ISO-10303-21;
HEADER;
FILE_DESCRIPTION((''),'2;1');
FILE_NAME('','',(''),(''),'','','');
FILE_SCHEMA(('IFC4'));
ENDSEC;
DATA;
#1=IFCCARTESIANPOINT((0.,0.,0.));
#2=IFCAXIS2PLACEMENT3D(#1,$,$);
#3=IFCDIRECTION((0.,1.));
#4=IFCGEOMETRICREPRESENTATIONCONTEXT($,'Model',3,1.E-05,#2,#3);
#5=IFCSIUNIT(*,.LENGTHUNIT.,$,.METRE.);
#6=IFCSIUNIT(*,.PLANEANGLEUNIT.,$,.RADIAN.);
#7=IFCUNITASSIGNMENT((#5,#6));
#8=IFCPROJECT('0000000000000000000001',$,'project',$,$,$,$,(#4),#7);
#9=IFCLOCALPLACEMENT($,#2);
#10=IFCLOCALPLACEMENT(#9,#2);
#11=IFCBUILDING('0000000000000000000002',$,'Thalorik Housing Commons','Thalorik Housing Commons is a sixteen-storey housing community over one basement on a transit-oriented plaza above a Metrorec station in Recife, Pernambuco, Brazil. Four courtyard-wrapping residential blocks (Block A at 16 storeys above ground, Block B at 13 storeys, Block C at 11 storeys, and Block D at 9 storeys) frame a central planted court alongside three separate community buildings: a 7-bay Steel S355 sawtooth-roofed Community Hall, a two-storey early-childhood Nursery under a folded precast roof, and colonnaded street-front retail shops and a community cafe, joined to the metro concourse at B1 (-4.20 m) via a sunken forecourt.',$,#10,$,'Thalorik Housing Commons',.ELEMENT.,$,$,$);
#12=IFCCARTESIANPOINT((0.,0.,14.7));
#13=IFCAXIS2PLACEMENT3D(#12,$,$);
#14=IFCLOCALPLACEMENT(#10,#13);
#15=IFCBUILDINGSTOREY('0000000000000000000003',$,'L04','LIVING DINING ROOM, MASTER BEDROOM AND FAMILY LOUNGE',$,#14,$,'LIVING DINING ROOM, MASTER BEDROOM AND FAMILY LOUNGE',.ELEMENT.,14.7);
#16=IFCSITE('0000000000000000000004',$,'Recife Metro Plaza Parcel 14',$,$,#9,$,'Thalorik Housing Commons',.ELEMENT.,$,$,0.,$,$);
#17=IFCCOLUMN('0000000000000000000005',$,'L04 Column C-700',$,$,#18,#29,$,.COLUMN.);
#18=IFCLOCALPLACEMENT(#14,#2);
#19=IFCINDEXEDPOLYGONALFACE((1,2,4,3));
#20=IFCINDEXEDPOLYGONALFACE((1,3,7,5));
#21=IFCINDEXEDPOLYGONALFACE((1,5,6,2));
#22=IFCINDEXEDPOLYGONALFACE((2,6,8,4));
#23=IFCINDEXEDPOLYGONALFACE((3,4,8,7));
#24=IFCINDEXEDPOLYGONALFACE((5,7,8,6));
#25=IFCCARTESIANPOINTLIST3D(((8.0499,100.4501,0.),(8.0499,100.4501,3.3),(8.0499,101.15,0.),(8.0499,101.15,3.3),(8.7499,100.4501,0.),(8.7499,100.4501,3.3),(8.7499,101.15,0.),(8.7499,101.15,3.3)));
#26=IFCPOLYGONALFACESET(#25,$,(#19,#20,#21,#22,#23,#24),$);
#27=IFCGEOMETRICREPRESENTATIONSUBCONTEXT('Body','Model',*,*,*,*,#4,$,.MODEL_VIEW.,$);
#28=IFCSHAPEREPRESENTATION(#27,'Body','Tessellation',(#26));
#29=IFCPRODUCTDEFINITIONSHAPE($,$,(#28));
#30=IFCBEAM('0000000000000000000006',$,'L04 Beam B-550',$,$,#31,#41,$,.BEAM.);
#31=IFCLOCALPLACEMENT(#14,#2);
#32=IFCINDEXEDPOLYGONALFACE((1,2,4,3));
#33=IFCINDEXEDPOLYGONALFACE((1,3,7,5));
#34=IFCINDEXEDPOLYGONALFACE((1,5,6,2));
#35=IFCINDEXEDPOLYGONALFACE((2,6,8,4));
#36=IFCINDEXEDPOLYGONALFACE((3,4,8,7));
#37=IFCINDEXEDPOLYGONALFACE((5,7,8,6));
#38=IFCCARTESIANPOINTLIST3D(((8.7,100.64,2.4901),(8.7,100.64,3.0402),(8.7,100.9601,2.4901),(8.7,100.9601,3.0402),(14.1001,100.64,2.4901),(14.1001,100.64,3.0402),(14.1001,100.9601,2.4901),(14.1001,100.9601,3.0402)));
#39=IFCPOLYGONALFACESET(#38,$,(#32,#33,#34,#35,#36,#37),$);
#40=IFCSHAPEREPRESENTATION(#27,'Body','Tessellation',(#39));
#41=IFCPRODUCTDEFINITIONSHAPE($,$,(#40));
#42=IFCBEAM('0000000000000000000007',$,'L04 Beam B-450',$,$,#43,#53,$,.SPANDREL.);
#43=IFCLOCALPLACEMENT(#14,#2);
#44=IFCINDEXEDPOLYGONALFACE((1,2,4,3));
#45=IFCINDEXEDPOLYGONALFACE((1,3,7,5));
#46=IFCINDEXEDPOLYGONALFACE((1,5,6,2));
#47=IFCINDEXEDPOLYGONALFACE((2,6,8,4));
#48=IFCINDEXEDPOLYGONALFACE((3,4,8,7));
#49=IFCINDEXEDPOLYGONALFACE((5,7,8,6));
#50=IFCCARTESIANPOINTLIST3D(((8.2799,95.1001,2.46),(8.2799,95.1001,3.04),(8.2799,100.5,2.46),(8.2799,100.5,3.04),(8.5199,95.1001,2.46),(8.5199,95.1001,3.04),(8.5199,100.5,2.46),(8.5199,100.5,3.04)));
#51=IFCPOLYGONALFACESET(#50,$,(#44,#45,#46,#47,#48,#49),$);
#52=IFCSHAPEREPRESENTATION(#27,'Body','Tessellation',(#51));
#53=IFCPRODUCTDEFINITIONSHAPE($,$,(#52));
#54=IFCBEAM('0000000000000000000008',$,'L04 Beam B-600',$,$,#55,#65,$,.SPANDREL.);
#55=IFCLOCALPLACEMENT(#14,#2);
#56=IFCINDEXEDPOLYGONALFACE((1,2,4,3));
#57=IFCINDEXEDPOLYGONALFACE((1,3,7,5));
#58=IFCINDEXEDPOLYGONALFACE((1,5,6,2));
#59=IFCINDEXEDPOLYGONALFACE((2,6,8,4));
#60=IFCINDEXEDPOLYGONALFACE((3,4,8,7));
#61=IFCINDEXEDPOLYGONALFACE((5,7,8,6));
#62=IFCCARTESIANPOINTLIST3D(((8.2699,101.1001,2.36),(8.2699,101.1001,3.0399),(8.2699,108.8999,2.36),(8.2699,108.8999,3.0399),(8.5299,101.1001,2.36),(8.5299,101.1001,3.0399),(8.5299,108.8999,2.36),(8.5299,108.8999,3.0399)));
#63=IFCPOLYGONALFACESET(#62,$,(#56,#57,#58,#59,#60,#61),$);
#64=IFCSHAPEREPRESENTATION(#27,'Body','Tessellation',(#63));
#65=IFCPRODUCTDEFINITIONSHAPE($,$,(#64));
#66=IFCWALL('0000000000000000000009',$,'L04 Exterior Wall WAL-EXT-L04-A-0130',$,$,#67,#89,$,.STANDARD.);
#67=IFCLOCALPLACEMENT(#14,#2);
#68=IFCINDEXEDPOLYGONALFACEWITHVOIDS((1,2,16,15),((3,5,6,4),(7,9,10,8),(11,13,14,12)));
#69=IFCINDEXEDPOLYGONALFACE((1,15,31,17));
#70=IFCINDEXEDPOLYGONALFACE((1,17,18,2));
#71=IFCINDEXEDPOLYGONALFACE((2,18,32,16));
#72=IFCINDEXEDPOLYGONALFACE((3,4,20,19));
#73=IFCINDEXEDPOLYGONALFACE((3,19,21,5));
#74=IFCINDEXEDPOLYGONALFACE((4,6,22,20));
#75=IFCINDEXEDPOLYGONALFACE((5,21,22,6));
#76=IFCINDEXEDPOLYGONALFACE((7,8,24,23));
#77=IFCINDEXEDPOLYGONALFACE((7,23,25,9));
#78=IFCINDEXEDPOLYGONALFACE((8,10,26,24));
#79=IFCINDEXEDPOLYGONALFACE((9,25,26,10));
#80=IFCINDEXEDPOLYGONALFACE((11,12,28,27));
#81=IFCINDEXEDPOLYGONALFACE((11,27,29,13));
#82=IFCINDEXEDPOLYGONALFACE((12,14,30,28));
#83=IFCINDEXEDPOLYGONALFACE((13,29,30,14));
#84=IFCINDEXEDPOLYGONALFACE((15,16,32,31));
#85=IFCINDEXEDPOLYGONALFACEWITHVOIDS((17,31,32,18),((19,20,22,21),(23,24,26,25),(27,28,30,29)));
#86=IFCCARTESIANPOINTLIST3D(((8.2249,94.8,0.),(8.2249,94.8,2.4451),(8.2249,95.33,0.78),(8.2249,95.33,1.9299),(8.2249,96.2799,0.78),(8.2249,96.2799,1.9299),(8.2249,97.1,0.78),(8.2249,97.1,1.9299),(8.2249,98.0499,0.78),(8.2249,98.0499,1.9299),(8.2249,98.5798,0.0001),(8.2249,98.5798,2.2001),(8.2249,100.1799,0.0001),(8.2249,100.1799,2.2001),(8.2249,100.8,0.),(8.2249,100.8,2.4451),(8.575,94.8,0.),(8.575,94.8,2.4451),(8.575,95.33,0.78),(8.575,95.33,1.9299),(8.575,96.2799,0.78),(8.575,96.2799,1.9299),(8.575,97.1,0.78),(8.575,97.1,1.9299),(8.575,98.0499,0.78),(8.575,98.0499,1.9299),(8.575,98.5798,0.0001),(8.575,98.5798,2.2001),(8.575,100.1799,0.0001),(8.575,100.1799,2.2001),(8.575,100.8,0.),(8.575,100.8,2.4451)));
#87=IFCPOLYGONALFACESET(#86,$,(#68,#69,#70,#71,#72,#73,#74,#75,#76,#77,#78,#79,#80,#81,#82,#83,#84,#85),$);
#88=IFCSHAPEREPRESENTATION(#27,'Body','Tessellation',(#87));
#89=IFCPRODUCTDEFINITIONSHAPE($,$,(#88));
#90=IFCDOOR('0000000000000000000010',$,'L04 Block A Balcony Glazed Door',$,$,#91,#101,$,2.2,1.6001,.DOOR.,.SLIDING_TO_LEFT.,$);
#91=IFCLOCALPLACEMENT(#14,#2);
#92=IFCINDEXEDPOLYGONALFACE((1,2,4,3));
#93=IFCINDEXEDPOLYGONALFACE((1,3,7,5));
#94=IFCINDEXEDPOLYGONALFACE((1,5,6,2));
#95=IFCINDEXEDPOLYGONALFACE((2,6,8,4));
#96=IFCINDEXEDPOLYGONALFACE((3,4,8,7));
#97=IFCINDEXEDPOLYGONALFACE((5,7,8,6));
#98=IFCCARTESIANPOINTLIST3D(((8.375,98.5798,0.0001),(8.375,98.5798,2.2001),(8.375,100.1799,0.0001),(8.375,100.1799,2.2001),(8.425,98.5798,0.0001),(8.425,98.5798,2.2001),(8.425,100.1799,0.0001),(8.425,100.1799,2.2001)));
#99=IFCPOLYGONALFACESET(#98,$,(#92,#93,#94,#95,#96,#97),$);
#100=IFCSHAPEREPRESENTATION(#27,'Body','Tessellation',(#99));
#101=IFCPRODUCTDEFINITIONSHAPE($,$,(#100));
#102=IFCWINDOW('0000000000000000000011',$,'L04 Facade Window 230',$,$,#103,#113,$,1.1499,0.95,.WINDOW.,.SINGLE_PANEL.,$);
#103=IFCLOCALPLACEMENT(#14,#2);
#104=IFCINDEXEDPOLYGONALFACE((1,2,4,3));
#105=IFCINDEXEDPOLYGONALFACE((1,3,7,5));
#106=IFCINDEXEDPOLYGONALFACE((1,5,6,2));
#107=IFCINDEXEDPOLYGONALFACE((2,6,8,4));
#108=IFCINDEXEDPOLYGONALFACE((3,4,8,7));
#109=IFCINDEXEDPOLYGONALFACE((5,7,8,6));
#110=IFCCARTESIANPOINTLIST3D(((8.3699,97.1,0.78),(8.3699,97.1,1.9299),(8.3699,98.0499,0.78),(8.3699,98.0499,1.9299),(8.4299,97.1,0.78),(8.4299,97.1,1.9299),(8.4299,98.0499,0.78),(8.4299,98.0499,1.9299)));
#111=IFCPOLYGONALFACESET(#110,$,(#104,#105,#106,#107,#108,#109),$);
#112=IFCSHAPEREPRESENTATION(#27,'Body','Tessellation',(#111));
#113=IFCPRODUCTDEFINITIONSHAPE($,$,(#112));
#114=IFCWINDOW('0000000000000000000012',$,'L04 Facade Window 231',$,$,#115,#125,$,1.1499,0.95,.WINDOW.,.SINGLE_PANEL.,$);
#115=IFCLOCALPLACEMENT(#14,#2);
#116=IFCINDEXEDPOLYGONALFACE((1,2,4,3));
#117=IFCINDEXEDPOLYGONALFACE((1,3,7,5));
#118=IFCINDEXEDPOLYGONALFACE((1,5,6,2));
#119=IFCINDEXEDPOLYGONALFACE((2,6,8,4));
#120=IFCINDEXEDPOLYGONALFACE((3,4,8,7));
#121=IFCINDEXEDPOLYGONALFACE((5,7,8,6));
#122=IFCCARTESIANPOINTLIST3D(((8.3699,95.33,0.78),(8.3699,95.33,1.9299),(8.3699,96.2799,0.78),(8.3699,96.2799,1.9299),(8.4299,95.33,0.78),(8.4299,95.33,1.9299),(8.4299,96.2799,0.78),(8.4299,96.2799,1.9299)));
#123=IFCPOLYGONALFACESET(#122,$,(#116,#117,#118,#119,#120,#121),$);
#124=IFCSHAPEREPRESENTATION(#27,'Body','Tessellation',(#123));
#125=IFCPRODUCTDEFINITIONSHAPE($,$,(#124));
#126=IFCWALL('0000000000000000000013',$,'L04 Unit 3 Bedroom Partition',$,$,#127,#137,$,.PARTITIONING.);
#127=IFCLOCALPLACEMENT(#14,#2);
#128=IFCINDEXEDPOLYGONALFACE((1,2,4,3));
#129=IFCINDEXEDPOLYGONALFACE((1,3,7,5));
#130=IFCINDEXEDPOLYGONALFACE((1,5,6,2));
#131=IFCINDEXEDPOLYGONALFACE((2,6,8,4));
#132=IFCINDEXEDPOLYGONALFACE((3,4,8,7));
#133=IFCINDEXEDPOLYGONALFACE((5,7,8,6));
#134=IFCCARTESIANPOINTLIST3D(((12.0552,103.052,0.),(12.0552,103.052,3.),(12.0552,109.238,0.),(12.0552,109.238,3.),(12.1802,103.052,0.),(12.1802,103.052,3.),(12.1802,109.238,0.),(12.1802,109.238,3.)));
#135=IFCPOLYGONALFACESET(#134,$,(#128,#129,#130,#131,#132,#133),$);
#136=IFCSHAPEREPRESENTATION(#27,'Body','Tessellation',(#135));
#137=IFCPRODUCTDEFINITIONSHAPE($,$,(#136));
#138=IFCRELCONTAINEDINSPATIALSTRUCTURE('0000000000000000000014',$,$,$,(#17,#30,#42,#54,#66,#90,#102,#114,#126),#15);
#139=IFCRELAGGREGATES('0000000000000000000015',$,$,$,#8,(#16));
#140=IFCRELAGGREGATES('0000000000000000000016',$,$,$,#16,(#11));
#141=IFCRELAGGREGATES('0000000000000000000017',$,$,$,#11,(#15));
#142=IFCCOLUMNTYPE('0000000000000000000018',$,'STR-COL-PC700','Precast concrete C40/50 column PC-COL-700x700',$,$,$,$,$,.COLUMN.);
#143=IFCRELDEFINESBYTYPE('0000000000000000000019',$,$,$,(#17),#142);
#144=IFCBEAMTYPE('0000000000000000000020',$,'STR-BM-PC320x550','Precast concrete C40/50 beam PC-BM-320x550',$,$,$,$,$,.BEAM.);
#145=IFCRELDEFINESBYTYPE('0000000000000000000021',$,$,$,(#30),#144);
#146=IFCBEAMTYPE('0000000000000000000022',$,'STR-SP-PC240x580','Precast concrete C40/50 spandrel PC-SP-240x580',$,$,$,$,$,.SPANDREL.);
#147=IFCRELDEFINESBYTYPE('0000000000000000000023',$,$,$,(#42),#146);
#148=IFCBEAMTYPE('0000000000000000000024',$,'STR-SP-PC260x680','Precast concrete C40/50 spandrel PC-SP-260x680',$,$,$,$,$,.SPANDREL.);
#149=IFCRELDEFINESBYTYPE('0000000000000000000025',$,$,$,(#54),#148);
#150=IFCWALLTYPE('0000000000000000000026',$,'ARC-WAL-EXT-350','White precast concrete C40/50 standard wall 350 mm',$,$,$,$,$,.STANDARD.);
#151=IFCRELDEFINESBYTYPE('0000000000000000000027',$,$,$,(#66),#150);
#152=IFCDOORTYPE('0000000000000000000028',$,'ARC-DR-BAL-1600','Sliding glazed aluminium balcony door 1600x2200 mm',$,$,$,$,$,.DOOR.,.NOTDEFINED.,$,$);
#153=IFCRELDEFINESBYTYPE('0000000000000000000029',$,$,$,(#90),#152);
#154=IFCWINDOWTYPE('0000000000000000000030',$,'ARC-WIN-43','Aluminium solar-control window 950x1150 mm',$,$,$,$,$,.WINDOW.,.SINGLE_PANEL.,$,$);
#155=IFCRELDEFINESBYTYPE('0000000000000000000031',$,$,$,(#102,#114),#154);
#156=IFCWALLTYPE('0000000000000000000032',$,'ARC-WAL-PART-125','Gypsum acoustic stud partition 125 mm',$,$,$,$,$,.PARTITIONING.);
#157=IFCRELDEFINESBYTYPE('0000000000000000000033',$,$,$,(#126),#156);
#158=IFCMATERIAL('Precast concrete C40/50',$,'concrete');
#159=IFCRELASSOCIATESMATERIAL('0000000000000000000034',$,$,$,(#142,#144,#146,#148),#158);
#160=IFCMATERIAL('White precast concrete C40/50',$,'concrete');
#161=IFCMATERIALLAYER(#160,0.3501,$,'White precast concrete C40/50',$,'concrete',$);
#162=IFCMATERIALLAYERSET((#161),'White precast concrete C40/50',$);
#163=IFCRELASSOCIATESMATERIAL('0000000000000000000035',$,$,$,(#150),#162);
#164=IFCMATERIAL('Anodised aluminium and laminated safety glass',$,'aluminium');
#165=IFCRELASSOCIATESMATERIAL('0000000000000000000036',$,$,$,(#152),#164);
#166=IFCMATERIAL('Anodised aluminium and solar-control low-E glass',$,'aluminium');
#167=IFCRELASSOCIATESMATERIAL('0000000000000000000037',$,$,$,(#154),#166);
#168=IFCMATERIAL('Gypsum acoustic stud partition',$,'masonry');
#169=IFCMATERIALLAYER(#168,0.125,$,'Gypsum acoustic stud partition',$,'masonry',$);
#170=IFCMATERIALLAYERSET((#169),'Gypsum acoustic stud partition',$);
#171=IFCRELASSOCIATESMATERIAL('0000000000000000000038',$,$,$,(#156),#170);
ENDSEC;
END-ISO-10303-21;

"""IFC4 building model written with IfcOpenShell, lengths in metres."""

from ifc_helpers import new_model, si_unit, direction, frame, frame_2d, origin, origin_2d, place, context, subcontext, project, spatial, rectangle, extrude, material, layer, layer_set, material_profile, profile_set, type_object, element, fill, save


model = new_model("IFC4")

# Units and contexts
model_context = context("Model", 3, precision=1e-05, world=origin(), true_north=direction((0.0, 1.0)))
body_context = subcontext(model_context, "Body", "Model", "MODEL_VIEW")
ifc_project = project(units=[si_unit("LENGTHUNIT", "METRE"), si_unit("PLANEANGLEUNIT", "RADIAN")], contexts=[model_context])

# Site, building, storey
site_placement = place(None, origin())
site = spatial("IfcSite", under=ifc_project, at=site_placement, Name="Recife Metro Plaza Parcel 14", LongName="Thalorik Housing Commons", CompositionType="ELEMENT", RefElevation=0.0)
building_placement = place(site_placement, origin())
building = spatial("IfcBuilding", under=site, at=building_placement, Name="Thalorik Housing Commons", Description="Thalorik Housing Commons is a sixteen-storey housing community over one basement on a transit-oriented plaza above a Metrorec station in Recife, Pernambuco, Brazil. Four courtyard-wrapping residential blocks (Block A at 16 storeys above ground, Block B at 13 storeys, Block C at 11 storeys, and Block D at 9 storeys) frame a central planted court alongside three separate community buildings: a 7-bay Steel S355 sawtooth-roofed Community Hall, a two-storey early-childhood Nursery under a folded precast roof, and colonnaded street-front retail shops and a community cafe, joined to the metro concourse at B1 (-4.20 m) via a sunken forecourt.", LongName="Thalorik Housing Commons", CompositionType="ELEMENT")
storey_placement = place(building_placement, frame((0.0, 0.0, 14.7)))
storey = spatial("IfcBuildingStorey", under=building, at=storey_placement, Name="L04", Description="LIVING DINING ROOM, MASTER BEDROOM AND FAMILY LOUNGE", LongName="LIVING DINING ROOM, MASTER BEDROOM AND FAMILY LOUNGE", CompositionType="ELEMENT", Elevation=14.7)

# Column
ifc_material_1 = material(Name="Precast concrete C40/50", Category="concrete")
ifc_material_profile_1 = material_profile(ifc_material_1, rectangle(XDim=0.7, YDim=0.7, at=origin_2d()), Name="PC 700x700", Category="concrete")
ifc_profile_set_1 = profile_set([ifc_material_profile_1], Name="Precast concrete C40/50")
column_type = type_object("IfcColumnType", Name="STR-COL-PC700", Description="Precast concrete C40/50 column PC-COL-700x700", PredefinedType="COLUMN", material=ifc_profile_set_1)
column_placement = place(storey_placement, frame((8.3999, 100.8, 0.0), z_axis=(0.0, 0.0, 1.0), x_axis=(1.0, 0.0, 0.0)))
element("IfcColumn", 1, at=column_placement, inside=storey, type_object=column_type, Name="L04 Column C-700", PredefinedType="COLUMN", context=body_context, shape_type="SweptSolid", body=[
    extrude(rectangle(XDim=0.7, YDim=0.7, at=origin_2d()), origin(), (0.0, 0.0, 1.0), 3.3),
])

# Beams
ifc_material_profile_2 = material_profile(ifc_material_1, rectangle(XDim=0.3201, YDim=0.55, at=origin_2d()), Name="PC 320x550", Category="concrete")
ifc_profile_set_2 = profile_set([ifc_material_profile_2], Name="Precast concrete C40/50")
beam_type_1 = type_object("IfcBeamType", Name="STR-BM-PC320x550", Description="Precast concrete C40/50 beam PC-BM-320x550", PredefinedType="BEAM", material=ifc_profile_set_2)
beam_1_placement = place(storey_placement, frame((8.7, 100.8, 2.7651), z_axis=(1.0, 0.0, 0.0), x_axis=(0.0, 1.0, 0.0)))
element("IfcBeam", 2, at=beam_1_placement, inside=storey, type_object=beam_type_1, Name="L04 Beam B-550", PredefinedType="BEAM", context=body_context, shape_type="SweptSolid", body=[
    extrude(rectangle(XDim=0.3201, YDim=0.55, at=origin_2d()), origin(), (0.0, 0.0, 1.0), 5.4001),
])
ifc_material_profile_3 = material_profile(ifc_material_1, rectangle(XDim=0.24, YDim=0.5801, at=origin_2d()), Name="PC SP 240x580", Category="concrete")
ifc_profile_set_3 = profile_set([ifc_material_profile_3], Name="Precast concrete C40/50")
beam_type_2 = type_object("IfcBeamType", Name="STR-SP-PC240x580", Description="Precast concrete C40/50 spandrel PC-SP-240x580", PredefinedType="SPANDREL", material=ifc_profile_set_3)
beam_2_placement = place(storey_placement, frame((8.3999, 95.1001, 2.75), z_axis=(0.0, 1.0, 0.0), x_axis=(-1.0, 0.0, 0.0)))
element("IfcBeam", 3, at=beam_2_placement, inside=storey, type_object=beam_type_2, Name="L04 Beam B-450", PredefinedType="SPANDREL", context=body_context, shape_type="SweptSolid", body=[
    extrude(rectangle(XDim=0.24, YDim=0.5801, at=origin_2d()), origin(), (0.0, 0.0, 1.0), 5.3999),
])
ifc_material_profile_4 = material_profile(ifc_material_1, rectangle(XDim=0.26, YDim=0.6799, at=origin_2d()), Name="PC SP 260x680", Category="concrete")
ifc_profile_set_4 = profile_set([ifc_material_profile_4], Name="Precast concrete C40/50")
beam_type_3 = type_object("IfcBeamType", Name="STR-SP-PC260x680", Description="Precast concrete C40/50 spandrel PC-SP-260x680", PredefinedType="SPANDREL", material=ifc_profile_set_4)
beam_3_placement = place(storey_placement, frame((8.3999, 101.1001, 2.7), z_axis=(0.0, 1.0, 0.0), x_axis=(-1.0, 0.0, 0.0)))
element("IfcBeam", 4, at=beam_3_placement, inside=storey, type_object=beam_type_3, Name="L04 Beam B-600", PredefinedType="SPANDREL", context=body_context, shape_type="SweptSolid", body=[
    extrude(rectangle(XDim=0.26, YDim=0.6799, at=origin_2d()), origin(), (0.0, 0.0, 1.0), 7.7998),
])

# Wall, openings, door, windows
ifc_material_2 = material(Name="White precast concrete C40/50", Category="concrete")
ifc_layer_1 = layer(ifc_material_2, 0.3501, Name="White precast concrete C40/50", Category="concrete")
ifc_layer_set_1 = layer_set([ifc_layer_1], Name="White precast concrete C40/50")
wall_type_1 = type_object("IfcWallType", Name="ARC-WAL-EXT-350", Description="White precast concrete C40/50 standard wall 350 mm", PredefinedType="STANDARD", material=ifc_layer_set_1)
wall_1_placement = place(storey_placement, frame((8.3999, 100.8, 0.0), z_axis=(0.0, 0.0, 1.0), x_axis=(0.0, -1.0, 0.0)))
wall_1 = element("IfcWall", 5, at=wall_1_placement, inside=storey, type_object=wall_type_1, Name="L04 Exterior Wall WAL-EXT-L04-A-0130", PredefinedType="STANDARD", context=body_context, shape_type="SweptSolid", body=[
    extrude(rectangle(XDim=6.0, YDim=0.3501, at=frame_2d((3.0, 0.0))), origin(), (0.0, 0.0, 1.0), 2.4451),
])
opening_1_placement = place(wall_1_placement, frame((0.6201, 0.0, 0.0)))
opening_1 = element("IfcOpeningElement", 6, at=opening_1_placement, cuts=wall_1, PredefinedType="OPENING", context=body_context, shape_type="SweptSolid", body=[
    extrude(rectangle(XDim=1.6001, YDim=2.2, at=frame_2d((0.8, 1.1001))), frame((0.0, 0.1851, 0.0), z_axis=(0.0, -1.0, 0.0), x_axis=(1.0, 0.0, 0.0)), (0.0, 0.0, 1.0), 0.3701),
])
opening_2_placement = place(wall_1_placement, frame((2.75, 0.0, 0.78)))
opening_2 = element("IfcOpeningElement", 7, at=opening_2_placement, cuts=wall_1, PredefinedType="OPENING", context=body_context, shape_type="SweptSolid", body=[
    extrude(rectangle(XDim=0.95, YDim=1.1499, at=frame_2d((0.4751, 0.575))), frame((0.0, 0.1851, 0.0), z_axis=(0.0, -1.0, 0.0), x_axis=(1.0, 0.0, 0.0)), (0.0, 0.0, 1.0), 0.3701),
])
opening_3_placement = place(wall_1_placement, frame((4.52, 0.0, 0.78)))
opening_3 = element("IfcOpeningElement", 8, at=opening_3_placement, cuts=wall_1, PredefinedType="OPENING", context=body_context, shape_type="SweptSolid", body=[
    extrude(rectangle(XDim=0.95, YDim=1.1499, at=frame_2d((0.4751, 0.575))), frame((0.0, 0.1851, 0.0), z_axis=(0.0, -1.0, 0.0), x_axis=(1.0, 0.0, 0.0)), (0.0, 0.0, 1.0), 0.3701),
])
ifc_material_3 = material(Name="Anodised aluminium and laminated safety glass", Category="aluminium")
door_type_1 = type_object("IfcDoorType", Name="ARC-DR-BAL-1600", Description="Sliding glazed aluminium balcony door 1600x2200 mm", OperationType="NOTDEFINED", PredefinedType="DOOR", material=ifc_material_3)
door_1_placement = place(opening_1_placement, frame((1.6001, 0.0, 0.0), z_axis=(0.0, 0.0, 1.0), x_axis=(-1.0, 0.0, 0.0)))
door_1 = element("IfcDoor", 9, at=door_1_placement, inside=storey, type_object=door_type_1, Name="L04 Block A Balcony Glazed Door", OperationType="SLIDING_TO_LEFT", OverallHeight=2.2, OverallWidth=1.6001, PredefinedType="DOOR", context=body_context, shape_type="SweptSolid", body=[
    extrude(rectangle(XDim=1.6001, YDim=2.2, at=frame_2d((0.8, 1.1001))), frame((0.0, 0.0249, 0.0), z_axis=(0.0, -1.0, 0.0), x_axis=(1.0, 0.0, 0.0)), (0.0, 0.0, 1.0), 0.05),
])
fill(opening_1, door_1)
ifc_material_4 = material(Name="Anodised aluminium and solar-control low-E glass", Category="aluminium")
window_type = type_object("IfcWindowType", Name="ARC-WIN-43", Description="Aluminium solar-control window 950x1150 mm", PartitioningType="SINGLE_PANEL", PredefinedType="WINDOW", material=ifc_material_4)
window_1_placement = place(opening_2_placement, origin())
window_1 = element("IfcWindow", 10, at=window_1_placement, inside=storey, type_object=window_type, Name="L04 Facade Window 230", OverallHeight=1.1499, OverallWidth=0.95, PartitioningType="SINGLE_PANEL", PredefinedType="WINDOW", context=body_context, shape_type="SweptSolid", body=[
    extrude(rectangle(XDim=0.95, YDim=1.1499, at=frame_2d((0.4751, 0.575))), frame((0.0, 0.03, 0.0), z_axis=(0.0, -1.0, 0.0), x_axis=(1.0, 0.0, 0.0)), (0.0, 0.0, 1.0), 0.0601),
])
fill(opening_2, window_1)
window_2_placement = place(opening_3_placement, origin())
window_2 = element("IfcWindow", 11, at=window_2_placement, inside=storey, type_object=window_type, Name="L04 Facade Window 231", OverallHeight=1.1499, OverallWidth=0.95, PartitioningType="SINGLE_PANEL", PredefinedType="WINDOW", context=body_context, shape_type="SweptSolid", body=[
    extrude(rectangle(XDim=0.95, YDim=1.1499, at=frame_2d((0.4751, 0.575))), frame((0.0, 0.03, 0.0), z_axis=(0.0, -1.0, 0.0), x_axis=(1.0, 0.0, 0.0)), (0.0, 0.0, 1.0), 0.0601),
])
fill(opening_3, window_2)

# Wall
ifc_material_5 = material(Name="Gypsum acoustic stud partition", Category="masonry")
ifc_layer_2 = layer(ifc_material_5, 0.125, Name="Gypsum acoustic stud partition", Category="masonry")
ifc_layer_set_2 = layer_set([ifc_layer_2], Name="Gypsum acoustic stud partition")
wall_type_2 = type_object("IfcWallType", Name="ARC-WAL-PART-125", Description="Gypsum acoustic stud partition 125 mm", PredefinedType="PARTITIONING", material=ifc_layer_set_2)
wall_2_placement = place(storey_placement, frame((12.1177, 103.052, 0.0), z_axis=(0.0, 0.0, 1.0), x_axis=(0.0, 1.0, 0.0)))
element("IfcWall", 12, at=wall_2_placement, inside=storey, type_object=wall_type_2, Name="L04 Unit 3 Bedroom Partition", PredefinedType="PARTITIONING", context=body_context, shape_type="SweptSolid", body=[
    extrude(rectangle(XDim=6.186, YDim=0.125, at=frame_2d((3.093, 0.0))), origin(), (0.0, 0.0, 1.0), 3.0),
])

save(model, "model.ifc")
